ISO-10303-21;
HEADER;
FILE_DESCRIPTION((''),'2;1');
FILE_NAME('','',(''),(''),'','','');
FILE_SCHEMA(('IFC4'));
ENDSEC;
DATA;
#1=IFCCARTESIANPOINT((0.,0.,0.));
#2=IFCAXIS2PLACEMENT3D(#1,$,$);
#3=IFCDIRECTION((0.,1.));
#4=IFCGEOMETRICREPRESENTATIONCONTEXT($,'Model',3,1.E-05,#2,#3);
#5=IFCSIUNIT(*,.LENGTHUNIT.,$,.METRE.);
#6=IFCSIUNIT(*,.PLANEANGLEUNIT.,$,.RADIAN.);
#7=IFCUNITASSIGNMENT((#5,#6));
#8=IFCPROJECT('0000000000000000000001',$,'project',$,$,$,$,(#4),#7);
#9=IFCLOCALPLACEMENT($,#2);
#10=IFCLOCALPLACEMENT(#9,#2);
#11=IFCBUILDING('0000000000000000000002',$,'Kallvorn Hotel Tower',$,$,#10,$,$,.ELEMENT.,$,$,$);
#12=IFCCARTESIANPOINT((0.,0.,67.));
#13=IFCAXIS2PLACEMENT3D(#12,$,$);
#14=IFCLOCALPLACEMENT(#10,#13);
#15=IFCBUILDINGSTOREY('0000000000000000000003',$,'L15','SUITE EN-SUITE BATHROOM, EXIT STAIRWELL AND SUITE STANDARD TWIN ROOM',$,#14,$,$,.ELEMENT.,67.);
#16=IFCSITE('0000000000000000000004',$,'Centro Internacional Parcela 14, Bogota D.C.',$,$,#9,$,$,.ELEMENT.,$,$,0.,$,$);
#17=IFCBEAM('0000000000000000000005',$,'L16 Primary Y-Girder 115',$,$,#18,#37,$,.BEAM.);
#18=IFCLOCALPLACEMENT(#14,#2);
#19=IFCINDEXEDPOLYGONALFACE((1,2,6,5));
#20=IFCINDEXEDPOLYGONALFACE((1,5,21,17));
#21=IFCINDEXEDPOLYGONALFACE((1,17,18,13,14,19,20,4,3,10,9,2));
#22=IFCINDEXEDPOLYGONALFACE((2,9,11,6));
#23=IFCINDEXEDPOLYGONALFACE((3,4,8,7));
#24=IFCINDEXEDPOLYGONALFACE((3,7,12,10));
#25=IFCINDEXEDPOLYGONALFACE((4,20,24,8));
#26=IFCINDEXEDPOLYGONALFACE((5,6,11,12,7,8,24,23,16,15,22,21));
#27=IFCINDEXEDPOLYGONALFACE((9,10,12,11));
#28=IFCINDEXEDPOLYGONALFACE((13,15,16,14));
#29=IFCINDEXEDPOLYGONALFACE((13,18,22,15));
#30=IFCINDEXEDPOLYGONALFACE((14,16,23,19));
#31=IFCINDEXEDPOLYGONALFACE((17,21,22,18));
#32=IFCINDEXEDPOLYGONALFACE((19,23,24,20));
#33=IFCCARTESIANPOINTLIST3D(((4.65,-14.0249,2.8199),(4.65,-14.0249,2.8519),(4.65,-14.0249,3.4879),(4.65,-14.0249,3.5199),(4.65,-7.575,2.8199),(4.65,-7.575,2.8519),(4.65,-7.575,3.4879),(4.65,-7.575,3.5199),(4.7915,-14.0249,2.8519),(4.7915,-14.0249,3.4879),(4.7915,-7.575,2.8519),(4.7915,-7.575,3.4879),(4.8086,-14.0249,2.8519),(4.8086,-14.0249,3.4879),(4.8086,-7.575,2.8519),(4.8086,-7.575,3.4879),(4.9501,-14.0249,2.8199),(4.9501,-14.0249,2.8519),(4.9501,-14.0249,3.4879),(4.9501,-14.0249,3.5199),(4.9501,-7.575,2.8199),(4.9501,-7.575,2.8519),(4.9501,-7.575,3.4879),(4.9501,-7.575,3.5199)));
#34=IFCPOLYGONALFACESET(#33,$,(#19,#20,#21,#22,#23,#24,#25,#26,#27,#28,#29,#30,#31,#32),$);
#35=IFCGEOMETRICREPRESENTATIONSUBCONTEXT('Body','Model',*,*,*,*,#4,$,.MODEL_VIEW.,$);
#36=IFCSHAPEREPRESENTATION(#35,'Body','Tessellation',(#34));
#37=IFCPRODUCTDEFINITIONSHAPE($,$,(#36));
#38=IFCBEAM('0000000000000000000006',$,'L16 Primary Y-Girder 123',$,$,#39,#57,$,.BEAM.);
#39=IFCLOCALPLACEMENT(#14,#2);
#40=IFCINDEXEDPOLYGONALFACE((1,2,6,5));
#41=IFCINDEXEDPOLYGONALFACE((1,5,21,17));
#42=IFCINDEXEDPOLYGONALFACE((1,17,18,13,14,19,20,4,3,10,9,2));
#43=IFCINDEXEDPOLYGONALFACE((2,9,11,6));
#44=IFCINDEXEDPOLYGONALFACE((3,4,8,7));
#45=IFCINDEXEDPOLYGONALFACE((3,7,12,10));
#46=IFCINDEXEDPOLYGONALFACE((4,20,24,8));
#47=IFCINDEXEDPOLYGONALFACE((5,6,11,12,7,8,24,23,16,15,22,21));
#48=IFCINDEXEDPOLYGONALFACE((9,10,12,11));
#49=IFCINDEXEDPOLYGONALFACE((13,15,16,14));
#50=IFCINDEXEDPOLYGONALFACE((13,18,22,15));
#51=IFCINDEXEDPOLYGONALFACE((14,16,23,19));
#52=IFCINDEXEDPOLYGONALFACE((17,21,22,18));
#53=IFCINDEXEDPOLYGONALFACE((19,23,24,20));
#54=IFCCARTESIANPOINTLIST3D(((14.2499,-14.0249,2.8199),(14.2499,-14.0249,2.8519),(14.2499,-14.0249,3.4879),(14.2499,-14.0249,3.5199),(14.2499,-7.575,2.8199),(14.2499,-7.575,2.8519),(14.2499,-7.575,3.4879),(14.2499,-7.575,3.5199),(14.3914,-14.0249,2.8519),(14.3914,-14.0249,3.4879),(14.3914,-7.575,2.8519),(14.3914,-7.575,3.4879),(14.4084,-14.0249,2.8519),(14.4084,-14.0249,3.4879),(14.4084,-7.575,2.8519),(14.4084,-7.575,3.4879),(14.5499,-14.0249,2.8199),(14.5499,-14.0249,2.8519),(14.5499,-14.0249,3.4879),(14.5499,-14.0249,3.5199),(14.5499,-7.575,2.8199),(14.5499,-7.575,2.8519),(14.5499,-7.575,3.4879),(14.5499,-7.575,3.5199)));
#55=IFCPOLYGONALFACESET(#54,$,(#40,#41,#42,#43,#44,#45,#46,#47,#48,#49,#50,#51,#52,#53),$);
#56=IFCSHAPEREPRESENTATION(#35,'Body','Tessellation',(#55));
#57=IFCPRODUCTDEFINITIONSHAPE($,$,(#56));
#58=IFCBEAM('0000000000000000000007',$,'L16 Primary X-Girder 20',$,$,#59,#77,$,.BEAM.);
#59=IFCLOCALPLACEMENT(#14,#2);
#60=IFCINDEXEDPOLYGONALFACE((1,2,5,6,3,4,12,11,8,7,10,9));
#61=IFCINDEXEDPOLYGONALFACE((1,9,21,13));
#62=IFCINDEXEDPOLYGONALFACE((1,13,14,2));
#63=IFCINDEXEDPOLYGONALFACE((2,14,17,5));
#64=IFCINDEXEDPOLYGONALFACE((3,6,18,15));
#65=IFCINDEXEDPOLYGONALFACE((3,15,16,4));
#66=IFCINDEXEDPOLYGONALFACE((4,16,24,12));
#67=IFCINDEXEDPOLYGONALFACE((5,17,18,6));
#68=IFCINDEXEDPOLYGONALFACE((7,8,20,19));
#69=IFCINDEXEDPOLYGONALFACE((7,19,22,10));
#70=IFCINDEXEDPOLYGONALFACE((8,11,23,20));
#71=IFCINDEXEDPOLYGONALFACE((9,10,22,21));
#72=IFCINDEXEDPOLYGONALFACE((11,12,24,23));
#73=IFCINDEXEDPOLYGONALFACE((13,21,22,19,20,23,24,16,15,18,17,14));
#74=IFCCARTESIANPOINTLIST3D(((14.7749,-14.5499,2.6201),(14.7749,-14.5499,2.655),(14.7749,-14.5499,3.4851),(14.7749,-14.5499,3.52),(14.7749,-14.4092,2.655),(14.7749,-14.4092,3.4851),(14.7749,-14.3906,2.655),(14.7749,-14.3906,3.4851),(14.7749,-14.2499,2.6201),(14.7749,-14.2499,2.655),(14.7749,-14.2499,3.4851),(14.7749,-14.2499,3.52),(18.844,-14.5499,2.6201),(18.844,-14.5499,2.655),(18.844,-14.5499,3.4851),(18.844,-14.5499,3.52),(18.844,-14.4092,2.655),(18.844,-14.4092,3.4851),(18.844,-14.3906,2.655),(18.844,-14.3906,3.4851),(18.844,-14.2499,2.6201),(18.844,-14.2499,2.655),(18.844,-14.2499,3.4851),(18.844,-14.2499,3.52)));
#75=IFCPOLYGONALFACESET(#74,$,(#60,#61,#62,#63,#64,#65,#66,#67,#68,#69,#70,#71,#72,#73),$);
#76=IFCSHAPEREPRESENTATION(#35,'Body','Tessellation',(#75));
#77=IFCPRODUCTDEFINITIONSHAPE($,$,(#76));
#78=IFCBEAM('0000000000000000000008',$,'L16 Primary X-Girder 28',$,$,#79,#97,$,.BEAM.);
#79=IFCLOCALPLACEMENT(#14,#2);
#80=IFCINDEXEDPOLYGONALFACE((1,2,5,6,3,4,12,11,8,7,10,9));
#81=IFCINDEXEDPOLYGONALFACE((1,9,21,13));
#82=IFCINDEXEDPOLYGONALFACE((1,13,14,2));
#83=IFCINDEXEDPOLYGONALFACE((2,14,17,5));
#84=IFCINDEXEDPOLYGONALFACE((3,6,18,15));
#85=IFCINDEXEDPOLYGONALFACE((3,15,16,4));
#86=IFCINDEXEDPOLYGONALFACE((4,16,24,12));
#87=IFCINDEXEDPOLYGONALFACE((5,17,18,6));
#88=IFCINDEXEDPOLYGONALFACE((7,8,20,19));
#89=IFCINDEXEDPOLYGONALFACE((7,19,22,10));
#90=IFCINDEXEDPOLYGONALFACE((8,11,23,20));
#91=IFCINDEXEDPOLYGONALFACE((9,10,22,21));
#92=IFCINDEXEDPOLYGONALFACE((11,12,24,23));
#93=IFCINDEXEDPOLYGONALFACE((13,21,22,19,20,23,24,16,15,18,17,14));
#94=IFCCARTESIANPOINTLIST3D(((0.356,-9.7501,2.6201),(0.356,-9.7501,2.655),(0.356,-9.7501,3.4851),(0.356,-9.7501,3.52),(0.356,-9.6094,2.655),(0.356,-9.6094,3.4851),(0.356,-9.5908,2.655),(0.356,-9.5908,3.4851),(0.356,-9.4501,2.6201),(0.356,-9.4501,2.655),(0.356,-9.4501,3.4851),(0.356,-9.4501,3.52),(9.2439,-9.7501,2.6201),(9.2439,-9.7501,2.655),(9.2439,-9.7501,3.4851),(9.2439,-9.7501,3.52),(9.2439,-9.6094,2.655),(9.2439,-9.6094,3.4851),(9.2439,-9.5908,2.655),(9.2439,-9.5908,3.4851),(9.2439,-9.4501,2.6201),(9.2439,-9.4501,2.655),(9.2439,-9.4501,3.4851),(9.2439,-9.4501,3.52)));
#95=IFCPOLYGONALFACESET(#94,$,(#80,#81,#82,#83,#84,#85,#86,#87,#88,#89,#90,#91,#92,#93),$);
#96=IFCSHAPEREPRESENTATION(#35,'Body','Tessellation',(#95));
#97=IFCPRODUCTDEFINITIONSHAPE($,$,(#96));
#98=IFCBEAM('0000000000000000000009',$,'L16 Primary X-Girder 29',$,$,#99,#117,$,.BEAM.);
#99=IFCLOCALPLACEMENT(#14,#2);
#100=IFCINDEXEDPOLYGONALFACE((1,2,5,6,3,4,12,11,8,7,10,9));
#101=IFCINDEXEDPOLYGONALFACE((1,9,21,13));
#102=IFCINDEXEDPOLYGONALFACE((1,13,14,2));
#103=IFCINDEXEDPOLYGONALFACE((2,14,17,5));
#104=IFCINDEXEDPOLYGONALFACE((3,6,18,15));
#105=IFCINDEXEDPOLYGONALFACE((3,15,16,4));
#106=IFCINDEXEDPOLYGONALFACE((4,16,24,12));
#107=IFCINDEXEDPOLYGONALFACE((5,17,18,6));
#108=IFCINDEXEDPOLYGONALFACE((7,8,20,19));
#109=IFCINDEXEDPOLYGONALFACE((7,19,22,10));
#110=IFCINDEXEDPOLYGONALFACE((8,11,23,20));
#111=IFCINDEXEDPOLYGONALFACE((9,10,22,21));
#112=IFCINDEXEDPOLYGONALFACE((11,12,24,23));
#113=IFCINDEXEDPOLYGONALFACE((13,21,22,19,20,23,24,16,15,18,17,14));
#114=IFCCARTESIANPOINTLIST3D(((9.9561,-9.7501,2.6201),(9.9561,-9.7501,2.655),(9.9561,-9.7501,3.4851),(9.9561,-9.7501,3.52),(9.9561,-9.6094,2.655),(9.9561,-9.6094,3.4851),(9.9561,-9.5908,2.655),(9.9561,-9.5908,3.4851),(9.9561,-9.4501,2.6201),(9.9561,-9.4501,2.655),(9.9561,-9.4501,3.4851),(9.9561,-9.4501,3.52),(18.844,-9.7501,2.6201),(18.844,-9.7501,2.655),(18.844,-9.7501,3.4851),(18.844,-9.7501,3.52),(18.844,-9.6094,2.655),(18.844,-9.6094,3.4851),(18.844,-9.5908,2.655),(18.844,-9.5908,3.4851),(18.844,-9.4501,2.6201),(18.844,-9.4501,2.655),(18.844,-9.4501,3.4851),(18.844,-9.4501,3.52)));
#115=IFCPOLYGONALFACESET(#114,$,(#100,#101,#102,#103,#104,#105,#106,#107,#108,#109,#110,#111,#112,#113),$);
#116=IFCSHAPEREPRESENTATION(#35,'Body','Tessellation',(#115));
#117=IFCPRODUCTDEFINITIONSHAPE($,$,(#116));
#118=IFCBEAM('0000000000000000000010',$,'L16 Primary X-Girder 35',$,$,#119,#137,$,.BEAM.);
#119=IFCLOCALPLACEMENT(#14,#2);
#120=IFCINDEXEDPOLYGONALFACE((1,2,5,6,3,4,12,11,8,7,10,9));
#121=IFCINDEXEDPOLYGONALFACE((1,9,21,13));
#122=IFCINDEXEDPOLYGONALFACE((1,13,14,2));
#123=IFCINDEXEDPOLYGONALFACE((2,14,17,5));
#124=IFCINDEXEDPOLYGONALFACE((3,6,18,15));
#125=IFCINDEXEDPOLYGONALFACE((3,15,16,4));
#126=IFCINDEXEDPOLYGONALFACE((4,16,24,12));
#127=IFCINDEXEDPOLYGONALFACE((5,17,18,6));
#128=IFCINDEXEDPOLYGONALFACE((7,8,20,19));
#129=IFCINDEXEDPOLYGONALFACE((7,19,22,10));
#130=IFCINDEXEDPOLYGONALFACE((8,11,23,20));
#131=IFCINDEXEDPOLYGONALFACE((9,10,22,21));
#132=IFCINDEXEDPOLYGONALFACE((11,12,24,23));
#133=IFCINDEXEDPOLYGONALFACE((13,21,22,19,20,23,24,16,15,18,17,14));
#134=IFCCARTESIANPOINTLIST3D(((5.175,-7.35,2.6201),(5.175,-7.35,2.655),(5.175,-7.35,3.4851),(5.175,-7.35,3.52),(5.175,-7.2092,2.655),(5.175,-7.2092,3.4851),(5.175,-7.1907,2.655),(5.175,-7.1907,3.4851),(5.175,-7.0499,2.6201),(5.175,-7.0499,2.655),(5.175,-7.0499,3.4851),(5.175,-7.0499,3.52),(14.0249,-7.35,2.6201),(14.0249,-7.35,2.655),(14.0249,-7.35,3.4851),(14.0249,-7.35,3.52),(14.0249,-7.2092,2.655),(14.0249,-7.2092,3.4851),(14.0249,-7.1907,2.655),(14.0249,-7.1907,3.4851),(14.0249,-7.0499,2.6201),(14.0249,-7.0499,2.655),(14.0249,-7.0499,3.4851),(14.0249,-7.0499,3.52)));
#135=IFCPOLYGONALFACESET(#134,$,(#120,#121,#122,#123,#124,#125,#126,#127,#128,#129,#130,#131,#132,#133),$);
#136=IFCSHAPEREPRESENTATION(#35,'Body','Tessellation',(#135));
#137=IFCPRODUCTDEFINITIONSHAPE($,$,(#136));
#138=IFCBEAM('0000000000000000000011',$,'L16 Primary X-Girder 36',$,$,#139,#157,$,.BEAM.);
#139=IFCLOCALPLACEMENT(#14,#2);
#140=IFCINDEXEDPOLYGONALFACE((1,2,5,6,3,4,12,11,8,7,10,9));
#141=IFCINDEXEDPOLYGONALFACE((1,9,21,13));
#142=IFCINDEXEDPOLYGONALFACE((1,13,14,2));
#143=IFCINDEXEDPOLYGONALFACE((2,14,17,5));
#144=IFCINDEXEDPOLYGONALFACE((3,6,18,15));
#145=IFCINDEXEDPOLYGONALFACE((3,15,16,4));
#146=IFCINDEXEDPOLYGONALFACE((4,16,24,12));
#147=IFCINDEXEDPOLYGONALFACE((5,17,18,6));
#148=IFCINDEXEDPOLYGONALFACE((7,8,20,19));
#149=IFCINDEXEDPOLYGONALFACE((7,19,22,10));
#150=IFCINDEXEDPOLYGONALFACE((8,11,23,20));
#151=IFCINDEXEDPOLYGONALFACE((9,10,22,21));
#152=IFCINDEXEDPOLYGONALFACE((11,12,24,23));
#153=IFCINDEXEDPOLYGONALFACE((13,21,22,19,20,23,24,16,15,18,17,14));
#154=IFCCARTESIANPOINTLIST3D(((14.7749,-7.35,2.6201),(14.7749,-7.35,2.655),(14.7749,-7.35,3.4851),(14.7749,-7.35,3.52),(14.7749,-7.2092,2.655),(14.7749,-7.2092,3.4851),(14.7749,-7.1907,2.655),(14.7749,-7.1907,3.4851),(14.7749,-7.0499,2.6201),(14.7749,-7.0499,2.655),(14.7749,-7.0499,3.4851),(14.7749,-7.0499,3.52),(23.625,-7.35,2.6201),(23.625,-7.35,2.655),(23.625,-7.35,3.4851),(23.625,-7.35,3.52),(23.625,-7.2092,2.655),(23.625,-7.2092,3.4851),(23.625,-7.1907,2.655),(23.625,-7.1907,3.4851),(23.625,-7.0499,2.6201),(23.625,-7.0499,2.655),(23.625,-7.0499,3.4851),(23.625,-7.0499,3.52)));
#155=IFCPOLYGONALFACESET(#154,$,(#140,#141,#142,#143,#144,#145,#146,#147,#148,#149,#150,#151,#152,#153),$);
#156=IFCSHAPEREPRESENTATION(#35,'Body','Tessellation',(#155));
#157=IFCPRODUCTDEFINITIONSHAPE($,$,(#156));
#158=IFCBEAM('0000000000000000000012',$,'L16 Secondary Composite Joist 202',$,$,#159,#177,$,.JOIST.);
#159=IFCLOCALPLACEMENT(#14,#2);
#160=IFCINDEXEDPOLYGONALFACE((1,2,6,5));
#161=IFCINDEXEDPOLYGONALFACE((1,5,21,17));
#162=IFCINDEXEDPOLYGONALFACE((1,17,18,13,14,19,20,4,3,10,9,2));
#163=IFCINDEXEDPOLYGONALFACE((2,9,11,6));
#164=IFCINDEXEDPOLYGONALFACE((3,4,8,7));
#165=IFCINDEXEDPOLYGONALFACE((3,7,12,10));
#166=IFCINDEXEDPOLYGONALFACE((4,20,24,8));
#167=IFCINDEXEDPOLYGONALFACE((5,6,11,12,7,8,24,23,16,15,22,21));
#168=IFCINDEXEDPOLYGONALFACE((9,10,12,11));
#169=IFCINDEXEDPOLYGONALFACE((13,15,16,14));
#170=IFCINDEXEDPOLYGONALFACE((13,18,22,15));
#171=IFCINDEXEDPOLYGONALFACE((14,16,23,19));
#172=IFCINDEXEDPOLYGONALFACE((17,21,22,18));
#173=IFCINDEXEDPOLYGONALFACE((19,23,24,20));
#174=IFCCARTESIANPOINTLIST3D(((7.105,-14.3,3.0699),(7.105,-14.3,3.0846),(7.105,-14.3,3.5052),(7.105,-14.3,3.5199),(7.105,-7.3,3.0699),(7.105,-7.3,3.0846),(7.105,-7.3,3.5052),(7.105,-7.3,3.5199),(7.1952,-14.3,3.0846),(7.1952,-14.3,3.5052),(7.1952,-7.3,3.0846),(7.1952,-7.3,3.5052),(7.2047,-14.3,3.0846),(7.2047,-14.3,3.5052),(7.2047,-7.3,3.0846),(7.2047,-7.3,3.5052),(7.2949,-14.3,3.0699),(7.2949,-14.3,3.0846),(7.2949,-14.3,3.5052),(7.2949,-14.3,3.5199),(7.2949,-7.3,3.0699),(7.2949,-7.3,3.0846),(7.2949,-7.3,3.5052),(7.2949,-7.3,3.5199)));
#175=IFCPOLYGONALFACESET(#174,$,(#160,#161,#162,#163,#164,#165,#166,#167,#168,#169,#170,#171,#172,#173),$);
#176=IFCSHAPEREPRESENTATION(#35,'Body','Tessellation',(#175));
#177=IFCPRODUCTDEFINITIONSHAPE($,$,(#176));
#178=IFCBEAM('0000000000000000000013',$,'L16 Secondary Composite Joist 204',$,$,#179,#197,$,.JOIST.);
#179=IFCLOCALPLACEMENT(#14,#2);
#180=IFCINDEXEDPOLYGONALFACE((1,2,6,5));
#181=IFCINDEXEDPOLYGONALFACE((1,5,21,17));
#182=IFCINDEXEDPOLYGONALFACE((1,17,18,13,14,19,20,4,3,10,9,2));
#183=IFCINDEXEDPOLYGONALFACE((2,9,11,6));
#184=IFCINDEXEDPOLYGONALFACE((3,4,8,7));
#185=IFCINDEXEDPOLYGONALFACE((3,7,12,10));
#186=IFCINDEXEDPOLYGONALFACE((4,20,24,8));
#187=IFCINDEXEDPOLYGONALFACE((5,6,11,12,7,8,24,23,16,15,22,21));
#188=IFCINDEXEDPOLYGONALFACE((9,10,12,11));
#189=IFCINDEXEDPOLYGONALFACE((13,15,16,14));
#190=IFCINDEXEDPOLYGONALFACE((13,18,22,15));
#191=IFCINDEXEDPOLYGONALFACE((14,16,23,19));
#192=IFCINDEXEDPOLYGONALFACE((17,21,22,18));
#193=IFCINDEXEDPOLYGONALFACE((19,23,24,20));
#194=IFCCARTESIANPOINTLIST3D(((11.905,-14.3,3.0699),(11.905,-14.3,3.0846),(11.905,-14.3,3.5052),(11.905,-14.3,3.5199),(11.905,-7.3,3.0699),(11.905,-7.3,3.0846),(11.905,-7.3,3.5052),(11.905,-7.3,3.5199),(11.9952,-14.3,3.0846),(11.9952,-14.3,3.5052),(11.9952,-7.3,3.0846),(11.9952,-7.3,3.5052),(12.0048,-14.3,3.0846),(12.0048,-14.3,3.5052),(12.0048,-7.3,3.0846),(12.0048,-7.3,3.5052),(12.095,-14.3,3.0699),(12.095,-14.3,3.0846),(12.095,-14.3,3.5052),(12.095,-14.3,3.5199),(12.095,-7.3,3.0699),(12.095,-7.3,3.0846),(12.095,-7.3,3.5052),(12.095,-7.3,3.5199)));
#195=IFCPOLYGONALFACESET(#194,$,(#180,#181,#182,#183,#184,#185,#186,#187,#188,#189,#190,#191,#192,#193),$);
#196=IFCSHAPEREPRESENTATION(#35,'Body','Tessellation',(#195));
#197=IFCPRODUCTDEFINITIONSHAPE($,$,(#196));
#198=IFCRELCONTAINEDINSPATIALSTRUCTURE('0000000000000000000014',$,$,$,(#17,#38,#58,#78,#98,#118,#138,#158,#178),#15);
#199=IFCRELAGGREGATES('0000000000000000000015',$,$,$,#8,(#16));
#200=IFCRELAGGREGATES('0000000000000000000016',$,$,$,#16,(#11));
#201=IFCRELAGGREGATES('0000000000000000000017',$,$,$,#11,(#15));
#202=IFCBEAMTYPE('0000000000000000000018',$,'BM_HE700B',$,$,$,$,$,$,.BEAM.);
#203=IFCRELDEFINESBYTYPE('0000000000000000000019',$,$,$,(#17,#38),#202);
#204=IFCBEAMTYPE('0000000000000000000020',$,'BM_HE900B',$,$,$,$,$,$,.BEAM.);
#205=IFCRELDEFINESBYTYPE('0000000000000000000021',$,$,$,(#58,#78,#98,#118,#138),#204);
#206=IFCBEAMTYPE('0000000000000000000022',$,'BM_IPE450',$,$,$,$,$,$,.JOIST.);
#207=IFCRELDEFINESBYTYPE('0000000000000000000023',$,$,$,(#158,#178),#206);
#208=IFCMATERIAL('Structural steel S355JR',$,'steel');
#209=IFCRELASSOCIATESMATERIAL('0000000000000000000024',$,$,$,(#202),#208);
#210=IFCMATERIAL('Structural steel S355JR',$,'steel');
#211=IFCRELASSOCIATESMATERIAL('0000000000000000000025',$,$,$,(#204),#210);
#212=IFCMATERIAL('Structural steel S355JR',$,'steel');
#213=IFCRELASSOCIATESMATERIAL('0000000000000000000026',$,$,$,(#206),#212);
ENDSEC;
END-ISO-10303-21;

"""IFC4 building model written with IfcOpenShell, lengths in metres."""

from ifc_helpers import new_model, si_unit, direction, frame, origin, origin_2d, place, context, subcontext, project, spatial, i_section, extrude, material, material_profile, profile_set, type_object, element, save


model = new_model("IFC4")

# Units and contexts
model_context = context("Model", 3, precision=1e-05, world=origin(), true_north=direction((0.0, 1.0)))
body_context = subcontext(model_context, "Body", "Model", "MODEL_VIEW")
ifc_project = project(units=[si_unit("LENGTHUNIT", "METRE"), si_unit("PLANEANGLEUNIT", "RADIAN")], contexts=[model_context])

# Site, building, storey
site_placement = place(None, origin())
site = spatial("IfcSite", under=ifc_project, at=site_placement, Name="Centro Internacional Parcela 14, Bogota D.C.", CompositionType="ELEMENT", RefElevation=0.0)
building_placement = place(site_placement, origin())
building = spatial("IfcBuilding", under=site, at=building_placement, Name="Kallvorn Hotel Tower", CompositionType="ELEMENT")
storey_placement = place(building_placement, frame((0.0, 0.0, 67.0)))
storey = spatial("IfcBuildingStorey", under=building, at=storey_placement, Name="L15", Description="SUITE EN-SUITE BATHROOM, EXIT STAIRWELL AND SUITE STANDARD TWIN ROOM", CompositionType="ELEMENT", Elevation=67.0)

# Beams
ifc_material_1 = material(Name="Structural steel S355JR", Category="steel")
ifc_material_profile_1 = material_profile(ifc_material_1, i_section(OverallWidth=0.3, OverallDepth=0.7, WebThickness=0.0171, FlangeThickness=0.032, at=origin_2d()), Name="HE 700 B")
ifc_profile_set_1 = profile_set([ifc_material_profile_1], Name="Structural steel S355JR")
beam_type_1 = type_object("IfcBeamType", Name="BM_HE700B", PredefinedType="BEAM", material=ifc_profile_set_1)
for number, where, z_axis, x_axis, name in (
    (1, (4.8, -14.0249, 3.1699), (0.0, 1.0, 0.0), (-1.0, 0.0, 0.0), "L16 Primary Y-Girder 115"),
    (2, (14.3999, -14.0249, 3.1699), (0.0, 1.0, 0.0), (-1.0, 0.0, 0.0), "L16 Primary Y-Girder 123"),
):
    element("IfcBeam", number, at=place(storey_placement, frame(where, z_axis=z_axis, x_axis=x_axis)), inside=storey, type_object=beam_type_1, Name=name, PredefinedType="BEAM", context=body_context, shape_type="SweptSolid", body=[
        extrude(i_section(OverallWidth=0.3, OverallDepth=0.7, WebThickness=0.0171, FlangeThickness=0.032, at=origin_2d()), origin(), (0.0, 0.0, 1.0), 6.45),
    ])
ifc_material_2 = material(Name="Structural steel S355JR", Category="steel")
ifc_material_profile_2 = material_profile(ifc_material_2, i_section(OverallWidth=0.3, OverallDepth=0.8999, WebThickness=0.0186, FlangeThickness=0.0349, at=origin_2d()), Name="HE 900 B")
ifc_profile_set_2 = profile_set([ifc_material_profile_2], Name="Structural steel S355JR")
beam_type_2 = type_object("IfcBeamType", Name="BM_HE900B", PredefinedType="BEAM", material=ifc_profile_set_2)
beam_1_placement = place(storey_placement, frame((14.7749, -14.3999, 3.0701), z_axis=(1.0, 0.0, 0.0), x_axis=(0.0, 1.0, 0.0)))
element("IfcBeam", 3, at=beam_1_placement, inside=storey, type_object=beam_type_2, Name="L16 Primary X-Girder 20", PredefinedType="BEAM", context=body_context, shape_type="SweptSolid", body=[
    extrude(i_section(OverallWidth=0.3, OverallDepth=0.8999, WebThickness=0.0186, FlangeThickness=0.0349, at=origin_2d()), origin(), (0.0, 0.0, 1.0), 4.0691),
])
for number, where, z_axis, x_axis, name in (
    (4, (0.356, -9.6001, 3.0701), (1.0, 0.0, 0.0), (0.0, 1.0, 0.0), "L16 Primary X-Girder 28"),
    (5, (9.9561, -9.6001, 3.0701), (1.0, 0.0, 0.0), (0.0, 1.0, 0.0), "L16 Primary X-Girder 29"),
):
    element("IfcBeam", number, at=place(storey_placement, frame(where, z_axis=z_axis, x_axis=x_axis)), inside=storey, type_object=beam_type_2, Name=name, PredefinedType="BEAM", context=body_context, shape_type="SweptSolid", body=[
        extrude(i_section(OverallWidth=0.3, OverallDepth=0.8999, WebThickness=0.0186, FlangeThickness=0.0349, at=origin_2d()), origin(), (0.0, 0.0, 1.0), 8.8879),
    ])
beam_2_placement = place(storey_placement, frame((5.175, -7.2, 3.0701), z_axis=(1.0, 0.0, 0.0), x_axis=(0.0, 1.0, 0.0)))
element("IfcBeam", 6, at=beam_2_placement, inside=storey, type_object=beam_type_2, Name="L16 Primary X-Girder 35", PredefinedType="BEAM", context=body_context, shape_type="SweptSolid", body=[
    extrude(i_section(OverallWidth=0.3, OverallDepth=0.8999, WebThickness=0.0186, FlangeThickness=0.0349, at=origin_2d()), origin(), (0.0, 0.0, 1.0), 8.8499),
])
beam_3_placement = place(storey_placement, frame((14.7749, -7.2, 3.0701), z_axis=(1.0, 0.0, 0.0), x_axis=(0.0, 1.0, 0.0)))
element("IfcBeam", 7, at=beam_3_placement, inside=storey, type_object=beam_type_2, Name="L16 Primary X-Girder 36", PredefinedType="BEAM", context=body_context, shape_type="SweptSolid", body=[
    extrude(i_section(OverallWidth=0.3, OverallDepth=0.8999, WebThickness=0.0186, FlangeThickness=0.0349, at=origin_2d()), origin(), (0.0, 0.0, 1.0), 8.8501),
])
ifc_material_3 = material(Name="Structural steel S355JR", Category="steel")
ifc_material_profile_3 = material_profile(ifc_material_3, i_section(OverallWidth=0.1899, OverallDepth=0.45, WebThickness=0.0095, FlangeThickness=0.0146, at=origin_2d()), Name="IPE 450")
ifc_profile_set_3 = profile_set([ifc_material_profile_3], Name="Structural steel S355JR")
beam_type_3 = type_object("IfcBeamType", Name="BM_IPE450", PredefinedType="JOIST", material=ifc_profile_set_3)
for number, where, z_axis, x_axis, name in (
    (8, (7.2, -14.3, 3.2949), (0.0, 1.0, 0.0), (-1.0, 0.0, 0.0), "L16 Secondary Composite Joist 202"),
    (9, (12.0, -14.3, 3.2949), (0.0, 1.0, 0.0), (-1.0, 0.0, 0.0), "L16 Secondary Composite Joist 204"),
):
    element("IfcBeam", number, at=place(storey_placement, frame(where, z_axis=z_axis, x_axis=x_axis)), inside=storey, type_object=beam_type_3, Name=name, PredefinedType="JOIST", context=body_context, shape_type="SweptSolid", body=[
        extrude(i_section(OverallWidth=0.1899, OverallDepth=0.45, WebThickness=0.0095, FlangeThickness=0.0146, at=origin_2d()), origin(), (0.0, 0.0, 1.0), 7.0),
    ])

save(model, "model.ifc")
